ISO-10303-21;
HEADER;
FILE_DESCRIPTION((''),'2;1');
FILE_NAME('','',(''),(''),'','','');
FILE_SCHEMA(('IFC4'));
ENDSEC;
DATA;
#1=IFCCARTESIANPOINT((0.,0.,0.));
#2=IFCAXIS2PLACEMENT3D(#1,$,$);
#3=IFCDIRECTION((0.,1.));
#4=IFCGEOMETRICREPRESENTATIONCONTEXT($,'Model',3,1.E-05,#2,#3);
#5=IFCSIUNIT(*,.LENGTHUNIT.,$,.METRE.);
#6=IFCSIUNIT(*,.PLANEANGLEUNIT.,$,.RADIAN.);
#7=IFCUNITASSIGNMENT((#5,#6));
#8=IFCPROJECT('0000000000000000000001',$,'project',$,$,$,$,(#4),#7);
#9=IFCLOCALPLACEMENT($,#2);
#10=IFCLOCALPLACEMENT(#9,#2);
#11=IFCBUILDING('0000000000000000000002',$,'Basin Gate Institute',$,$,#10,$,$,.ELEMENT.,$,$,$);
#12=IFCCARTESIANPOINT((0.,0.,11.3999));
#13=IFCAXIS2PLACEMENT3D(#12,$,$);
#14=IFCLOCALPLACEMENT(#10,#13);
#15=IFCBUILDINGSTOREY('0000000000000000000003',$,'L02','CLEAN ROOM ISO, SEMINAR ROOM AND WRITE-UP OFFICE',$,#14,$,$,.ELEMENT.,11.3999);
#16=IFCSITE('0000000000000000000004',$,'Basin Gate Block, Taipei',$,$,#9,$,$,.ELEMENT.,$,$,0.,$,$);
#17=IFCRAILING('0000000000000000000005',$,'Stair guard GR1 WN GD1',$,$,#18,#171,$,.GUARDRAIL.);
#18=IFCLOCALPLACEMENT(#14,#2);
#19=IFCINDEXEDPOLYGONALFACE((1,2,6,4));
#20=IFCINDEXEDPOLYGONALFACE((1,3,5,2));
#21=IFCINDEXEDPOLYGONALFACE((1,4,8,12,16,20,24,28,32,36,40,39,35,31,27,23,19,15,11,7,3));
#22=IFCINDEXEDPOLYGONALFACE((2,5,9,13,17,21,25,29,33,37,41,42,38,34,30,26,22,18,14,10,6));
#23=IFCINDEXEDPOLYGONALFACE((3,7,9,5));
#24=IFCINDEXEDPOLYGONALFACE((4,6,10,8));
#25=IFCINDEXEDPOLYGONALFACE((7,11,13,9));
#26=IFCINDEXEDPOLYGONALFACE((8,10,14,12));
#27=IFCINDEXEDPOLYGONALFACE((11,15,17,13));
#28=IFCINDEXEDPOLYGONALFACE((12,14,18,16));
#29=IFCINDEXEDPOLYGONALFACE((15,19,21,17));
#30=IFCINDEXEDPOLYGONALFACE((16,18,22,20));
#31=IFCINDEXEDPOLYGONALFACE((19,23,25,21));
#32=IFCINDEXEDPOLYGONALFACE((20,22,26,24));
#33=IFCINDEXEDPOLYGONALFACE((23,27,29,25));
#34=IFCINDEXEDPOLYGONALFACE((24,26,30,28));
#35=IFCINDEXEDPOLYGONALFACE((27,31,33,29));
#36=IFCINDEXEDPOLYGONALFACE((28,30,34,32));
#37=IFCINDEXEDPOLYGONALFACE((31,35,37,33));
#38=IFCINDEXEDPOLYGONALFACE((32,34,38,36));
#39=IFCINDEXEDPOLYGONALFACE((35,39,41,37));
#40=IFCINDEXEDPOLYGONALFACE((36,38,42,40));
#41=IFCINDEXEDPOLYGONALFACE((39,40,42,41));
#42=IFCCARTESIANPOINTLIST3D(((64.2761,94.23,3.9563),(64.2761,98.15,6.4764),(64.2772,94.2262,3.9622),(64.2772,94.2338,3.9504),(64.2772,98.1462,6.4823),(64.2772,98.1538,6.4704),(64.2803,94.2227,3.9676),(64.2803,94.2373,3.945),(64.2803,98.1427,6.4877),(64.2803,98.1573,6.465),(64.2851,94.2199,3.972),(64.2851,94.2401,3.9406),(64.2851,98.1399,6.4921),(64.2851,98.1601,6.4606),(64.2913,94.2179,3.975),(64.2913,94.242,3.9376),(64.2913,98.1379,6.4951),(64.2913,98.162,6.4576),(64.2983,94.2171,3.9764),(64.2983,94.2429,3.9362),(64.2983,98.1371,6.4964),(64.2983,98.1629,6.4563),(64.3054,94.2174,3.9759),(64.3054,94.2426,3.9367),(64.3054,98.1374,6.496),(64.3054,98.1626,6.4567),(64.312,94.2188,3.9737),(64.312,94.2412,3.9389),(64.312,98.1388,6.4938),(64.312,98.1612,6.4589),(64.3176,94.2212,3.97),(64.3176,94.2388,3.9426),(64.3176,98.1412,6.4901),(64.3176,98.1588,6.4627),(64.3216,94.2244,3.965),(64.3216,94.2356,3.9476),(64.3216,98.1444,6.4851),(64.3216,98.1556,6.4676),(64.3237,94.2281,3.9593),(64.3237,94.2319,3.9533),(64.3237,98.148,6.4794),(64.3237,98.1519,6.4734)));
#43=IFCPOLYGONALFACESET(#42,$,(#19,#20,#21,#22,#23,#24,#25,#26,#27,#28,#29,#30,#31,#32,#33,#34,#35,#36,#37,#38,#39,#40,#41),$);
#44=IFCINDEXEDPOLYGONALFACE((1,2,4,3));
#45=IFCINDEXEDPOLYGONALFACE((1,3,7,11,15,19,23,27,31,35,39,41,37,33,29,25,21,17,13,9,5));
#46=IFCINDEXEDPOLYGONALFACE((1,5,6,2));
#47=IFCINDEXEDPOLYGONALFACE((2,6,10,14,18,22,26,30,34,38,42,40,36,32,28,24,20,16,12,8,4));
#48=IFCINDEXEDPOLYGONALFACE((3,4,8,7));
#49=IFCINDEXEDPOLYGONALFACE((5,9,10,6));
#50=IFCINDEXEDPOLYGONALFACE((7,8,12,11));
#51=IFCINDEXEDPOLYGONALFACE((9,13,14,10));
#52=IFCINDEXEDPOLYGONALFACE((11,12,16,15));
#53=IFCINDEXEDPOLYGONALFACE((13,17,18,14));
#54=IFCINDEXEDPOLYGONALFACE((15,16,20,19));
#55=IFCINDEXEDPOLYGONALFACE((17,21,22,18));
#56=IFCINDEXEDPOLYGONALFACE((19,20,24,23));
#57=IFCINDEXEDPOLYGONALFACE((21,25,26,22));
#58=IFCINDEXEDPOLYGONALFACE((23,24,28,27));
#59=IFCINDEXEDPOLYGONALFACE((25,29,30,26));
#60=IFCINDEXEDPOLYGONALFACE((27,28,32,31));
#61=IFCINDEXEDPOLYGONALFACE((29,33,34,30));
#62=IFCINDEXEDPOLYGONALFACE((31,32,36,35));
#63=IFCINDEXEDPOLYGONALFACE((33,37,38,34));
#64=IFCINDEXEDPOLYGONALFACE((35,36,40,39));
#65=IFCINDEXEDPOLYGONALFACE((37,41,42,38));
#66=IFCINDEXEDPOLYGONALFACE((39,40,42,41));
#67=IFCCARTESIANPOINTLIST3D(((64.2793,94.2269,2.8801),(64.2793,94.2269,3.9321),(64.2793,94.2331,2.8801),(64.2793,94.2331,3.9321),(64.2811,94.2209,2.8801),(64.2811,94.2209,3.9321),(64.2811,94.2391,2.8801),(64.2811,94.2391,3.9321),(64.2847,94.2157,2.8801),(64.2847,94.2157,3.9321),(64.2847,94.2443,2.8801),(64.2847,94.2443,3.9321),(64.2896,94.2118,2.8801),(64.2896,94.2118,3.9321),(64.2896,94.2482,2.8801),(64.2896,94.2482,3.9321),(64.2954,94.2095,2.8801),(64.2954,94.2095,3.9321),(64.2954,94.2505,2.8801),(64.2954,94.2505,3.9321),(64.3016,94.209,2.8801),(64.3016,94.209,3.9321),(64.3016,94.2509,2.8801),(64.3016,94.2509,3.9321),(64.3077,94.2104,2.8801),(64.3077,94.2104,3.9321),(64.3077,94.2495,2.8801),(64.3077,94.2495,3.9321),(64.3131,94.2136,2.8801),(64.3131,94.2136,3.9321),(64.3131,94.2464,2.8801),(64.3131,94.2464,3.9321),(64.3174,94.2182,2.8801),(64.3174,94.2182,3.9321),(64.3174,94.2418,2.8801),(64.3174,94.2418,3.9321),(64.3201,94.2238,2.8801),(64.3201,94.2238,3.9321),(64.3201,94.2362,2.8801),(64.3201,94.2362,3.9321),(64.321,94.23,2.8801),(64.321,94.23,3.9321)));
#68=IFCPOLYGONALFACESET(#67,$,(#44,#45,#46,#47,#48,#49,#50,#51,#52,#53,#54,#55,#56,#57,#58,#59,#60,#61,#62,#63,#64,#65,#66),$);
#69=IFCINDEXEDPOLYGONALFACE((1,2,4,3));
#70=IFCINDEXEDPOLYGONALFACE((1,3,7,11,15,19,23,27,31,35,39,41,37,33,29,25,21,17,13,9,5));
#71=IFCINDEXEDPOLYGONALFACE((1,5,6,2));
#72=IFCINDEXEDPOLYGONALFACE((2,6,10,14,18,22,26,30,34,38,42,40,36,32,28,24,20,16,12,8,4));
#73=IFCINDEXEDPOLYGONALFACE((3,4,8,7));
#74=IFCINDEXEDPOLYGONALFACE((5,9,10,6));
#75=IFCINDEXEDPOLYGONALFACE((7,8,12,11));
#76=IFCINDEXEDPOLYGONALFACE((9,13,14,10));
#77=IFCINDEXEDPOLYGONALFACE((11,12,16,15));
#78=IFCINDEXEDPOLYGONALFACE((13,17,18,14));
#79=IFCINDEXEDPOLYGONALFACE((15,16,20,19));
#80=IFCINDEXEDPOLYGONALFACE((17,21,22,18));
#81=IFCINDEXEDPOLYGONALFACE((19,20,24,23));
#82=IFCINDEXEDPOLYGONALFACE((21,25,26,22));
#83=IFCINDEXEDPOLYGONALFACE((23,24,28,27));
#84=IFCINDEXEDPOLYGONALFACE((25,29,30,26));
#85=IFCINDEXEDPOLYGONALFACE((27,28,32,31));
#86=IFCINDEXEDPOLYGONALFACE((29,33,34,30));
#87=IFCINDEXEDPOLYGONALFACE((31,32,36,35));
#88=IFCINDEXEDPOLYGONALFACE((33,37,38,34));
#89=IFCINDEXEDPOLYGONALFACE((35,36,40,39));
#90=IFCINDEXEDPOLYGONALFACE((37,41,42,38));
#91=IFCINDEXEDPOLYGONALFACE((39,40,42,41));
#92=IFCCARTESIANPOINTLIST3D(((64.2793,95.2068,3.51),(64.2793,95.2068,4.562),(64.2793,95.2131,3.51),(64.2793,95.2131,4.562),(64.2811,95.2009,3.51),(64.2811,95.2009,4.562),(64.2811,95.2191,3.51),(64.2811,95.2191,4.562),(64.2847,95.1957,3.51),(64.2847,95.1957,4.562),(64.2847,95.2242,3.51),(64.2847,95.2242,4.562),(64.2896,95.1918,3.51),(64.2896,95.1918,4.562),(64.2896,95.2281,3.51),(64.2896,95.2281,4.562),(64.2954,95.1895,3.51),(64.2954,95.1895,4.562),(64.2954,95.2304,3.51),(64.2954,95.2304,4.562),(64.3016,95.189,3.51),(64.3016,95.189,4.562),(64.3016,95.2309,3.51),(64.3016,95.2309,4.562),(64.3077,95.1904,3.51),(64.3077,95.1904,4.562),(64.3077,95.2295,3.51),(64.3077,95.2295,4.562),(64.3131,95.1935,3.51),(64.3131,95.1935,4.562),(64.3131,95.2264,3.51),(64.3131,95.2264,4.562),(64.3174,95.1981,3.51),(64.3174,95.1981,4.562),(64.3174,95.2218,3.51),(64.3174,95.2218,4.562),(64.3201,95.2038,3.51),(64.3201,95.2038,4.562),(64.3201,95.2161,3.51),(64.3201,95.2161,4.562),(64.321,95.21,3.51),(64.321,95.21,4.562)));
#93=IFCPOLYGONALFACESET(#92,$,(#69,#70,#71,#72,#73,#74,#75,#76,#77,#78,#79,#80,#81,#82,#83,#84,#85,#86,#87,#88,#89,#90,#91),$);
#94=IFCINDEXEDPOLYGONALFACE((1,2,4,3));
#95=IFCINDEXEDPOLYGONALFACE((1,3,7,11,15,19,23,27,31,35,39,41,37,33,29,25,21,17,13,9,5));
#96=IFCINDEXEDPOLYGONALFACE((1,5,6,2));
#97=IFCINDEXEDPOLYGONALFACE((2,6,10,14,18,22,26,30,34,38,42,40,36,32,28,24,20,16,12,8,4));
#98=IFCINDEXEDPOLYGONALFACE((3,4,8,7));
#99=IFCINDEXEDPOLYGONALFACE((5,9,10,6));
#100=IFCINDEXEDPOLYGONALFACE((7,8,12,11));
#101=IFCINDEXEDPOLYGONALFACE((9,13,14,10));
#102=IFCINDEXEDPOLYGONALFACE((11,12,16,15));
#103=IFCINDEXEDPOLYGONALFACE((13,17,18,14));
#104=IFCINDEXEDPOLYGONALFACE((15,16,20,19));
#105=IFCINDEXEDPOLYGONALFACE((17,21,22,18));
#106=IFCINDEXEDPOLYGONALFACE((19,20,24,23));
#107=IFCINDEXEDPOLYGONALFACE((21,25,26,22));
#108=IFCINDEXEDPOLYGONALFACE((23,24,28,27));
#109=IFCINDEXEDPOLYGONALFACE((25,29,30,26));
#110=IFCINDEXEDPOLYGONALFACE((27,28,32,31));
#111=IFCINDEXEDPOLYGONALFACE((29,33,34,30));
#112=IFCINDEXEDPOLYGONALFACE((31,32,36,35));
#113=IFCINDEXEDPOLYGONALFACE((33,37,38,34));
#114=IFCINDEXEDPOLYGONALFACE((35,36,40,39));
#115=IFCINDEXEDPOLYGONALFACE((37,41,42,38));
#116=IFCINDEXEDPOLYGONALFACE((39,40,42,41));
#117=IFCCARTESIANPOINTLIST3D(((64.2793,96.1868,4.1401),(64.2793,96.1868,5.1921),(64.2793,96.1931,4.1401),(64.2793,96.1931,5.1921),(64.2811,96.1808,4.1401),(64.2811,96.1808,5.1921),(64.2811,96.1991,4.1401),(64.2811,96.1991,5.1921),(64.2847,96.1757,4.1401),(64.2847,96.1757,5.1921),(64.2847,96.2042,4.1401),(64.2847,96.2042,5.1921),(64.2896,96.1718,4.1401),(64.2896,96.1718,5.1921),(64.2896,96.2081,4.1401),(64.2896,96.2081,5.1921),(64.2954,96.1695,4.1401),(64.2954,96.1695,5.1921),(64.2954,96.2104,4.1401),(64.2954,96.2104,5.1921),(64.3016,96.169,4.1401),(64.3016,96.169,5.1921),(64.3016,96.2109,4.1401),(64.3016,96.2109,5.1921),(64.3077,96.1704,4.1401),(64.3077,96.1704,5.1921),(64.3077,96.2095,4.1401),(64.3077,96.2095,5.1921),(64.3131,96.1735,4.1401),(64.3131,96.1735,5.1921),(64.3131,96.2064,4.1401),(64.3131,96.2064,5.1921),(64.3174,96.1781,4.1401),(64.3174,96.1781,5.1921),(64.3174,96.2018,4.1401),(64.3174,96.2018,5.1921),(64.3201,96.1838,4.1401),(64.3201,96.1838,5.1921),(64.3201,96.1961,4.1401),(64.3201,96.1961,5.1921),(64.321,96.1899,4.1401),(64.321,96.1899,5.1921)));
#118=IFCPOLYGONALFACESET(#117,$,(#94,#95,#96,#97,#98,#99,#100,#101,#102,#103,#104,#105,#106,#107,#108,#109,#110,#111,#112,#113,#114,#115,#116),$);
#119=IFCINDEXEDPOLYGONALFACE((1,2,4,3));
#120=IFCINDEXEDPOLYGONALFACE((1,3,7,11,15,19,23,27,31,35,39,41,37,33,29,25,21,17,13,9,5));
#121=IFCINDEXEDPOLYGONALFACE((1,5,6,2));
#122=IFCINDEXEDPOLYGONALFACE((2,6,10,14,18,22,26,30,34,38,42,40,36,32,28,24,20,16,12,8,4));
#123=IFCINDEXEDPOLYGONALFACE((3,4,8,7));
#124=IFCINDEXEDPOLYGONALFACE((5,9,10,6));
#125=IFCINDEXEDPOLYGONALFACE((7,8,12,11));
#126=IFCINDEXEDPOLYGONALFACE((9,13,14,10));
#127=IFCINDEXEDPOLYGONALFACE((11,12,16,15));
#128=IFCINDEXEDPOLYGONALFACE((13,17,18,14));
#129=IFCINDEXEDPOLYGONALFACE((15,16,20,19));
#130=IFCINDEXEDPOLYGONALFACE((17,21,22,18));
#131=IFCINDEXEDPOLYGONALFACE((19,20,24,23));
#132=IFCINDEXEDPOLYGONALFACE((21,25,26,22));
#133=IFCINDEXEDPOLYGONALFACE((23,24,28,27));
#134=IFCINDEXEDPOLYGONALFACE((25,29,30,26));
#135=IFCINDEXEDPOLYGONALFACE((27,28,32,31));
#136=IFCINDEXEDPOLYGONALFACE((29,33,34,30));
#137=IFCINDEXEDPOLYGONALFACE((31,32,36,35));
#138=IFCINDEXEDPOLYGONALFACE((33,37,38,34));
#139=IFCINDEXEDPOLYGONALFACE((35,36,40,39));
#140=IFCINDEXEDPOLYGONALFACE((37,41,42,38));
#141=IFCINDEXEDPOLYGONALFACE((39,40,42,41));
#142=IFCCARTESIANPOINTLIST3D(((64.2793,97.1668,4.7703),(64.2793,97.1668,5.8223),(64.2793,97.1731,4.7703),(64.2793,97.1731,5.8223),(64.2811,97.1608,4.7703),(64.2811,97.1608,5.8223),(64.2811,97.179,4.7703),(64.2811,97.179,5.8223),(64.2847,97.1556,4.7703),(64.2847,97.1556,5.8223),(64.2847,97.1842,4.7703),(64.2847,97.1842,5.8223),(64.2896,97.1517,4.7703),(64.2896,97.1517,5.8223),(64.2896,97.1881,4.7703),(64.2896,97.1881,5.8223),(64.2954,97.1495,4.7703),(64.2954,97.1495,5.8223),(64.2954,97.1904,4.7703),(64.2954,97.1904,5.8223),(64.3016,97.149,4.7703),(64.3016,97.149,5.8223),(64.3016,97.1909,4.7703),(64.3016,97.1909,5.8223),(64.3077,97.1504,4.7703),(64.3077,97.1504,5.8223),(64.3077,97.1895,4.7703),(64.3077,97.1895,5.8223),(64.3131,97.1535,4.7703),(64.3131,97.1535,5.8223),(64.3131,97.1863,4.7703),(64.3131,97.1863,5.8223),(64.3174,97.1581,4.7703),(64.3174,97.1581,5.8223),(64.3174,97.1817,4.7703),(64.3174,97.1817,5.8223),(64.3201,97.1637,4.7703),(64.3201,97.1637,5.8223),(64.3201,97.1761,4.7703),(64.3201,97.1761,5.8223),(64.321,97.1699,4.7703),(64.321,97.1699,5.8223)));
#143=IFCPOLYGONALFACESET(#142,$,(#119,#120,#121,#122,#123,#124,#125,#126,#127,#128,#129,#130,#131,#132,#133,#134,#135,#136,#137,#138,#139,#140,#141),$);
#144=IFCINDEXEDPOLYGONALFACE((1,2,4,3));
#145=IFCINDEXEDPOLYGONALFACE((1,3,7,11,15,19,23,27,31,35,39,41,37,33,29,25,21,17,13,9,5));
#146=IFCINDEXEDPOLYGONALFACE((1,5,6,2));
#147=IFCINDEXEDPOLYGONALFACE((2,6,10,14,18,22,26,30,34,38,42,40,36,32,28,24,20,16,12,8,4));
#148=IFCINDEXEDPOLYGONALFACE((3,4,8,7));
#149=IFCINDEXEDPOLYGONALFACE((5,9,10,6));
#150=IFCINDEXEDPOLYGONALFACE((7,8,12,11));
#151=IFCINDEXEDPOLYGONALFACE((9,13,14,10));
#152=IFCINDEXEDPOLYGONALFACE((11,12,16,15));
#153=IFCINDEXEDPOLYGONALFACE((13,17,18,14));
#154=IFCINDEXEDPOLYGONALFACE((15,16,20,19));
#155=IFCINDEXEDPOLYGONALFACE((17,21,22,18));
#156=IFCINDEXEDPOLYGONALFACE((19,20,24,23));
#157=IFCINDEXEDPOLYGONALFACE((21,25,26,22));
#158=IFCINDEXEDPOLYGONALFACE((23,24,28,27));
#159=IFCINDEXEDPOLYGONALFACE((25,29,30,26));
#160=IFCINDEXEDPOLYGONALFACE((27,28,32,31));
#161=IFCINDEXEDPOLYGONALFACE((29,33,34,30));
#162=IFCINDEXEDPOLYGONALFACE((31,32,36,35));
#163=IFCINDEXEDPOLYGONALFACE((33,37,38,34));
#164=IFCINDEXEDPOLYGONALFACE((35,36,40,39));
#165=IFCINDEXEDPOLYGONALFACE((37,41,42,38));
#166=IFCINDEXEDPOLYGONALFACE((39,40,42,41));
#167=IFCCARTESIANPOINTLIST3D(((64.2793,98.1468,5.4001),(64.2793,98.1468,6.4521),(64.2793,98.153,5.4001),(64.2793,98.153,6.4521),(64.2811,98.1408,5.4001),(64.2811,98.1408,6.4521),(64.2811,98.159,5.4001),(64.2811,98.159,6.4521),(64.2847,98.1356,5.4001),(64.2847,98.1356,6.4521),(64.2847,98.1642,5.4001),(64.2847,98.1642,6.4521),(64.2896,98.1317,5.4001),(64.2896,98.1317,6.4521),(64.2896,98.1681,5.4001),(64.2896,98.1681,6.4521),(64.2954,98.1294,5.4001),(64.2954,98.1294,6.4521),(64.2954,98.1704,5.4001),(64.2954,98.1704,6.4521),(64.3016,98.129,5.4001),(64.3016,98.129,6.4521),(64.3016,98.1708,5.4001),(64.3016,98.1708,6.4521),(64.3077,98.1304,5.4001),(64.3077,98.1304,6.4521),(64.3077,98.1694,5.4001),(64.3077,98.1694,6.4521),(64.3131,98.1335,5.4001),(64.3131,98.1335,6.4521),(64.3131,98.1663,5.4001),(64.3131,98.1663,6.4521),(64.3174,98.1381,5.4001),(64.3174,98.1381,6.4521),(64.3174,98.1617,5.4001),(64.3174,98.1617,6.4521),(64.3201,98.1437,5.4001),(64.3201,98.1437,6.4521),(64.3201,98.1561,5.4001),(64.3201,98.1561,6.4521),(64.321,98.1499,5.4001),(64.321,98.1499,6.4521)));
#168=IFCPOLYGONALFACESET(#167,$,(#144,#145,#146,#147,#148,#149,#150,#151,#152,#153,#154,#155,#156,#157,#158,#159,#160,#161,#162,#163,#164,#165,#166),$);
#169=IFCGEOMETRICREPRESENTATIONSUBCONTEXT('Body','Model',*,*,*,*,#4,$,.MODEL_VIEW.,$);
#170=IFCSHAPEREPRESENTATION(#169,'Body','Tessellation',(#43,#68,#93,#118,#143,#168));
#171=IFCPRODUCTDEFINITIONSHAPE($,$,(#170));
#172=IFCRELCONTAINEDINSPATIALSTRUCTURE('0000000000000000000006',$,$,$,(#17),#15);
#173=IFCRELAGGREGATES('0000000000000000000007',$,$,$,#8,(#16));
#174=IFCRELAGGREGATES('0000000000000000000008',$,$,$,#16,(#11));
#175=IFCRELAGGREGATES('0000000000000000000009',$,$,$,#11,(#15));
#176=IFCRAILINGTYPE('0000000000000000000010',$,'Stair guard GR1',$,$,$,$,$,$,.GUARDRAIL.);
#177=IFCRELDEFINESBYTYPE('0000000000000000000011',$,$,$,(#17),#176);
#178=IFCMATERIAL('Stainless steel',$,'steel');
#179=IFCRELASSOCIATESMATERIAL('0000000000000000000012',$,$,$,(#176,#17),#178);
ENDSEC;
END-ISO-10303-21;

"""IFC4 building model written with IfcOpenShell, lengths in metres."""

from ifc_helpers import new_model, si_unit, direction, frame, origin, origin_2d, place, context, subcontext, project, spatial, circle, extrude, material, type_object, element, save


model = new_model("IFC4")

# Units and contexts
model_context = context("Model", 3, precision=1e-05, world=origin(), true_north=direction((0.0, 1.0)))
body_context = subcontext(model_context, "Body", "Model", "MODEL_VIEW")
ifc_project = project(units=[si_unit("LENGTHUNIT", "METRE"), si_unit("PLANEANGLEUNIT", "RADIAN")], contexts=[model_context])

# Site, building, storey
site_placement = place(None, origin())
site = spatial("IfcSite", under=ifc_project, at=site_placement, Name="Basin Gate Block, Taipei", CompositionType="ELEMENT", RefElevation=0.0)
building_placement = place(site_placement, origin())
building = spatial("IfcBuilding", under=site, at=building_placement, Name="Basin Gate Institute", CompositionType="ELEMENT")
storey_placement = place(building_placement, frame((0.0, 0.0, 11.3999)))
storey = spatial("IfcBuildingStorey", under=building, at=storey_placement, Name="L02", Description="CLEAN ROOM ISO, SEMINAR ROOM AND WRITE-UP OFFICE", CompositionType="ELEMENT", Elevation=11.3999)

# Railing
ifc_material_1 = material(Name="Stainless steel", Category="steel")
railing_type_1 = type_object("IfcRailingType", Name="Stair guard GR1", PredefinedType="GUARDRAIL", material=ifc_material_1)
railing_1_placement = place(storey_placement, frame((64.3, 94.23, 2.8801)))
element("IfcRailing", 1, at=railing_1_placement, inside=storey, type_object=railing_type_1, material=ifc_material_1, Name="Stair guard GR1 WN GD1", PredefinedType="GUARDRAIL", context=body_context, shape_type="SweptSolid", body=[
    extrude(circle(Radius=0.0239, at=origin_2d()), frame((0.0, 0.0, 1.0762), z_axis=(0.0, 0.841172, 0.540768), x_axis=(-1.0, 0.0, 0.0)), (0.0, 0.0, 1.0), 4.6602),
    extrude(circle(Radius=0.021, at=origin_2d()), origin(), (0.0, 0.0, 1.0), 1.052),
    extrude(circle(Radius=0.021, at=origin_2d()), frame((0.0, 0.98, 0.6299)), (0.0, 0.0, 1.0), 1.052),
    extrude(circle(Radius=0.021, at=origin_2d()), frame((0.0, 1.96, 1.26)), (0.0, 0.0, 1.0), 1.052),
    extrude(circle(Radius=0.021, at=origin_2d()), frame((0.0, 2.9399, 1.8901)), (0.0, 0.0, 1.0), 1.052),
    extrude(circle(Radius=0.021, at=origin_2d()), frame((0.0, 3.9199, 2.52)), (0.0, 0.0, 1.0), 1.052),
])

save(model, "model.ifc")
